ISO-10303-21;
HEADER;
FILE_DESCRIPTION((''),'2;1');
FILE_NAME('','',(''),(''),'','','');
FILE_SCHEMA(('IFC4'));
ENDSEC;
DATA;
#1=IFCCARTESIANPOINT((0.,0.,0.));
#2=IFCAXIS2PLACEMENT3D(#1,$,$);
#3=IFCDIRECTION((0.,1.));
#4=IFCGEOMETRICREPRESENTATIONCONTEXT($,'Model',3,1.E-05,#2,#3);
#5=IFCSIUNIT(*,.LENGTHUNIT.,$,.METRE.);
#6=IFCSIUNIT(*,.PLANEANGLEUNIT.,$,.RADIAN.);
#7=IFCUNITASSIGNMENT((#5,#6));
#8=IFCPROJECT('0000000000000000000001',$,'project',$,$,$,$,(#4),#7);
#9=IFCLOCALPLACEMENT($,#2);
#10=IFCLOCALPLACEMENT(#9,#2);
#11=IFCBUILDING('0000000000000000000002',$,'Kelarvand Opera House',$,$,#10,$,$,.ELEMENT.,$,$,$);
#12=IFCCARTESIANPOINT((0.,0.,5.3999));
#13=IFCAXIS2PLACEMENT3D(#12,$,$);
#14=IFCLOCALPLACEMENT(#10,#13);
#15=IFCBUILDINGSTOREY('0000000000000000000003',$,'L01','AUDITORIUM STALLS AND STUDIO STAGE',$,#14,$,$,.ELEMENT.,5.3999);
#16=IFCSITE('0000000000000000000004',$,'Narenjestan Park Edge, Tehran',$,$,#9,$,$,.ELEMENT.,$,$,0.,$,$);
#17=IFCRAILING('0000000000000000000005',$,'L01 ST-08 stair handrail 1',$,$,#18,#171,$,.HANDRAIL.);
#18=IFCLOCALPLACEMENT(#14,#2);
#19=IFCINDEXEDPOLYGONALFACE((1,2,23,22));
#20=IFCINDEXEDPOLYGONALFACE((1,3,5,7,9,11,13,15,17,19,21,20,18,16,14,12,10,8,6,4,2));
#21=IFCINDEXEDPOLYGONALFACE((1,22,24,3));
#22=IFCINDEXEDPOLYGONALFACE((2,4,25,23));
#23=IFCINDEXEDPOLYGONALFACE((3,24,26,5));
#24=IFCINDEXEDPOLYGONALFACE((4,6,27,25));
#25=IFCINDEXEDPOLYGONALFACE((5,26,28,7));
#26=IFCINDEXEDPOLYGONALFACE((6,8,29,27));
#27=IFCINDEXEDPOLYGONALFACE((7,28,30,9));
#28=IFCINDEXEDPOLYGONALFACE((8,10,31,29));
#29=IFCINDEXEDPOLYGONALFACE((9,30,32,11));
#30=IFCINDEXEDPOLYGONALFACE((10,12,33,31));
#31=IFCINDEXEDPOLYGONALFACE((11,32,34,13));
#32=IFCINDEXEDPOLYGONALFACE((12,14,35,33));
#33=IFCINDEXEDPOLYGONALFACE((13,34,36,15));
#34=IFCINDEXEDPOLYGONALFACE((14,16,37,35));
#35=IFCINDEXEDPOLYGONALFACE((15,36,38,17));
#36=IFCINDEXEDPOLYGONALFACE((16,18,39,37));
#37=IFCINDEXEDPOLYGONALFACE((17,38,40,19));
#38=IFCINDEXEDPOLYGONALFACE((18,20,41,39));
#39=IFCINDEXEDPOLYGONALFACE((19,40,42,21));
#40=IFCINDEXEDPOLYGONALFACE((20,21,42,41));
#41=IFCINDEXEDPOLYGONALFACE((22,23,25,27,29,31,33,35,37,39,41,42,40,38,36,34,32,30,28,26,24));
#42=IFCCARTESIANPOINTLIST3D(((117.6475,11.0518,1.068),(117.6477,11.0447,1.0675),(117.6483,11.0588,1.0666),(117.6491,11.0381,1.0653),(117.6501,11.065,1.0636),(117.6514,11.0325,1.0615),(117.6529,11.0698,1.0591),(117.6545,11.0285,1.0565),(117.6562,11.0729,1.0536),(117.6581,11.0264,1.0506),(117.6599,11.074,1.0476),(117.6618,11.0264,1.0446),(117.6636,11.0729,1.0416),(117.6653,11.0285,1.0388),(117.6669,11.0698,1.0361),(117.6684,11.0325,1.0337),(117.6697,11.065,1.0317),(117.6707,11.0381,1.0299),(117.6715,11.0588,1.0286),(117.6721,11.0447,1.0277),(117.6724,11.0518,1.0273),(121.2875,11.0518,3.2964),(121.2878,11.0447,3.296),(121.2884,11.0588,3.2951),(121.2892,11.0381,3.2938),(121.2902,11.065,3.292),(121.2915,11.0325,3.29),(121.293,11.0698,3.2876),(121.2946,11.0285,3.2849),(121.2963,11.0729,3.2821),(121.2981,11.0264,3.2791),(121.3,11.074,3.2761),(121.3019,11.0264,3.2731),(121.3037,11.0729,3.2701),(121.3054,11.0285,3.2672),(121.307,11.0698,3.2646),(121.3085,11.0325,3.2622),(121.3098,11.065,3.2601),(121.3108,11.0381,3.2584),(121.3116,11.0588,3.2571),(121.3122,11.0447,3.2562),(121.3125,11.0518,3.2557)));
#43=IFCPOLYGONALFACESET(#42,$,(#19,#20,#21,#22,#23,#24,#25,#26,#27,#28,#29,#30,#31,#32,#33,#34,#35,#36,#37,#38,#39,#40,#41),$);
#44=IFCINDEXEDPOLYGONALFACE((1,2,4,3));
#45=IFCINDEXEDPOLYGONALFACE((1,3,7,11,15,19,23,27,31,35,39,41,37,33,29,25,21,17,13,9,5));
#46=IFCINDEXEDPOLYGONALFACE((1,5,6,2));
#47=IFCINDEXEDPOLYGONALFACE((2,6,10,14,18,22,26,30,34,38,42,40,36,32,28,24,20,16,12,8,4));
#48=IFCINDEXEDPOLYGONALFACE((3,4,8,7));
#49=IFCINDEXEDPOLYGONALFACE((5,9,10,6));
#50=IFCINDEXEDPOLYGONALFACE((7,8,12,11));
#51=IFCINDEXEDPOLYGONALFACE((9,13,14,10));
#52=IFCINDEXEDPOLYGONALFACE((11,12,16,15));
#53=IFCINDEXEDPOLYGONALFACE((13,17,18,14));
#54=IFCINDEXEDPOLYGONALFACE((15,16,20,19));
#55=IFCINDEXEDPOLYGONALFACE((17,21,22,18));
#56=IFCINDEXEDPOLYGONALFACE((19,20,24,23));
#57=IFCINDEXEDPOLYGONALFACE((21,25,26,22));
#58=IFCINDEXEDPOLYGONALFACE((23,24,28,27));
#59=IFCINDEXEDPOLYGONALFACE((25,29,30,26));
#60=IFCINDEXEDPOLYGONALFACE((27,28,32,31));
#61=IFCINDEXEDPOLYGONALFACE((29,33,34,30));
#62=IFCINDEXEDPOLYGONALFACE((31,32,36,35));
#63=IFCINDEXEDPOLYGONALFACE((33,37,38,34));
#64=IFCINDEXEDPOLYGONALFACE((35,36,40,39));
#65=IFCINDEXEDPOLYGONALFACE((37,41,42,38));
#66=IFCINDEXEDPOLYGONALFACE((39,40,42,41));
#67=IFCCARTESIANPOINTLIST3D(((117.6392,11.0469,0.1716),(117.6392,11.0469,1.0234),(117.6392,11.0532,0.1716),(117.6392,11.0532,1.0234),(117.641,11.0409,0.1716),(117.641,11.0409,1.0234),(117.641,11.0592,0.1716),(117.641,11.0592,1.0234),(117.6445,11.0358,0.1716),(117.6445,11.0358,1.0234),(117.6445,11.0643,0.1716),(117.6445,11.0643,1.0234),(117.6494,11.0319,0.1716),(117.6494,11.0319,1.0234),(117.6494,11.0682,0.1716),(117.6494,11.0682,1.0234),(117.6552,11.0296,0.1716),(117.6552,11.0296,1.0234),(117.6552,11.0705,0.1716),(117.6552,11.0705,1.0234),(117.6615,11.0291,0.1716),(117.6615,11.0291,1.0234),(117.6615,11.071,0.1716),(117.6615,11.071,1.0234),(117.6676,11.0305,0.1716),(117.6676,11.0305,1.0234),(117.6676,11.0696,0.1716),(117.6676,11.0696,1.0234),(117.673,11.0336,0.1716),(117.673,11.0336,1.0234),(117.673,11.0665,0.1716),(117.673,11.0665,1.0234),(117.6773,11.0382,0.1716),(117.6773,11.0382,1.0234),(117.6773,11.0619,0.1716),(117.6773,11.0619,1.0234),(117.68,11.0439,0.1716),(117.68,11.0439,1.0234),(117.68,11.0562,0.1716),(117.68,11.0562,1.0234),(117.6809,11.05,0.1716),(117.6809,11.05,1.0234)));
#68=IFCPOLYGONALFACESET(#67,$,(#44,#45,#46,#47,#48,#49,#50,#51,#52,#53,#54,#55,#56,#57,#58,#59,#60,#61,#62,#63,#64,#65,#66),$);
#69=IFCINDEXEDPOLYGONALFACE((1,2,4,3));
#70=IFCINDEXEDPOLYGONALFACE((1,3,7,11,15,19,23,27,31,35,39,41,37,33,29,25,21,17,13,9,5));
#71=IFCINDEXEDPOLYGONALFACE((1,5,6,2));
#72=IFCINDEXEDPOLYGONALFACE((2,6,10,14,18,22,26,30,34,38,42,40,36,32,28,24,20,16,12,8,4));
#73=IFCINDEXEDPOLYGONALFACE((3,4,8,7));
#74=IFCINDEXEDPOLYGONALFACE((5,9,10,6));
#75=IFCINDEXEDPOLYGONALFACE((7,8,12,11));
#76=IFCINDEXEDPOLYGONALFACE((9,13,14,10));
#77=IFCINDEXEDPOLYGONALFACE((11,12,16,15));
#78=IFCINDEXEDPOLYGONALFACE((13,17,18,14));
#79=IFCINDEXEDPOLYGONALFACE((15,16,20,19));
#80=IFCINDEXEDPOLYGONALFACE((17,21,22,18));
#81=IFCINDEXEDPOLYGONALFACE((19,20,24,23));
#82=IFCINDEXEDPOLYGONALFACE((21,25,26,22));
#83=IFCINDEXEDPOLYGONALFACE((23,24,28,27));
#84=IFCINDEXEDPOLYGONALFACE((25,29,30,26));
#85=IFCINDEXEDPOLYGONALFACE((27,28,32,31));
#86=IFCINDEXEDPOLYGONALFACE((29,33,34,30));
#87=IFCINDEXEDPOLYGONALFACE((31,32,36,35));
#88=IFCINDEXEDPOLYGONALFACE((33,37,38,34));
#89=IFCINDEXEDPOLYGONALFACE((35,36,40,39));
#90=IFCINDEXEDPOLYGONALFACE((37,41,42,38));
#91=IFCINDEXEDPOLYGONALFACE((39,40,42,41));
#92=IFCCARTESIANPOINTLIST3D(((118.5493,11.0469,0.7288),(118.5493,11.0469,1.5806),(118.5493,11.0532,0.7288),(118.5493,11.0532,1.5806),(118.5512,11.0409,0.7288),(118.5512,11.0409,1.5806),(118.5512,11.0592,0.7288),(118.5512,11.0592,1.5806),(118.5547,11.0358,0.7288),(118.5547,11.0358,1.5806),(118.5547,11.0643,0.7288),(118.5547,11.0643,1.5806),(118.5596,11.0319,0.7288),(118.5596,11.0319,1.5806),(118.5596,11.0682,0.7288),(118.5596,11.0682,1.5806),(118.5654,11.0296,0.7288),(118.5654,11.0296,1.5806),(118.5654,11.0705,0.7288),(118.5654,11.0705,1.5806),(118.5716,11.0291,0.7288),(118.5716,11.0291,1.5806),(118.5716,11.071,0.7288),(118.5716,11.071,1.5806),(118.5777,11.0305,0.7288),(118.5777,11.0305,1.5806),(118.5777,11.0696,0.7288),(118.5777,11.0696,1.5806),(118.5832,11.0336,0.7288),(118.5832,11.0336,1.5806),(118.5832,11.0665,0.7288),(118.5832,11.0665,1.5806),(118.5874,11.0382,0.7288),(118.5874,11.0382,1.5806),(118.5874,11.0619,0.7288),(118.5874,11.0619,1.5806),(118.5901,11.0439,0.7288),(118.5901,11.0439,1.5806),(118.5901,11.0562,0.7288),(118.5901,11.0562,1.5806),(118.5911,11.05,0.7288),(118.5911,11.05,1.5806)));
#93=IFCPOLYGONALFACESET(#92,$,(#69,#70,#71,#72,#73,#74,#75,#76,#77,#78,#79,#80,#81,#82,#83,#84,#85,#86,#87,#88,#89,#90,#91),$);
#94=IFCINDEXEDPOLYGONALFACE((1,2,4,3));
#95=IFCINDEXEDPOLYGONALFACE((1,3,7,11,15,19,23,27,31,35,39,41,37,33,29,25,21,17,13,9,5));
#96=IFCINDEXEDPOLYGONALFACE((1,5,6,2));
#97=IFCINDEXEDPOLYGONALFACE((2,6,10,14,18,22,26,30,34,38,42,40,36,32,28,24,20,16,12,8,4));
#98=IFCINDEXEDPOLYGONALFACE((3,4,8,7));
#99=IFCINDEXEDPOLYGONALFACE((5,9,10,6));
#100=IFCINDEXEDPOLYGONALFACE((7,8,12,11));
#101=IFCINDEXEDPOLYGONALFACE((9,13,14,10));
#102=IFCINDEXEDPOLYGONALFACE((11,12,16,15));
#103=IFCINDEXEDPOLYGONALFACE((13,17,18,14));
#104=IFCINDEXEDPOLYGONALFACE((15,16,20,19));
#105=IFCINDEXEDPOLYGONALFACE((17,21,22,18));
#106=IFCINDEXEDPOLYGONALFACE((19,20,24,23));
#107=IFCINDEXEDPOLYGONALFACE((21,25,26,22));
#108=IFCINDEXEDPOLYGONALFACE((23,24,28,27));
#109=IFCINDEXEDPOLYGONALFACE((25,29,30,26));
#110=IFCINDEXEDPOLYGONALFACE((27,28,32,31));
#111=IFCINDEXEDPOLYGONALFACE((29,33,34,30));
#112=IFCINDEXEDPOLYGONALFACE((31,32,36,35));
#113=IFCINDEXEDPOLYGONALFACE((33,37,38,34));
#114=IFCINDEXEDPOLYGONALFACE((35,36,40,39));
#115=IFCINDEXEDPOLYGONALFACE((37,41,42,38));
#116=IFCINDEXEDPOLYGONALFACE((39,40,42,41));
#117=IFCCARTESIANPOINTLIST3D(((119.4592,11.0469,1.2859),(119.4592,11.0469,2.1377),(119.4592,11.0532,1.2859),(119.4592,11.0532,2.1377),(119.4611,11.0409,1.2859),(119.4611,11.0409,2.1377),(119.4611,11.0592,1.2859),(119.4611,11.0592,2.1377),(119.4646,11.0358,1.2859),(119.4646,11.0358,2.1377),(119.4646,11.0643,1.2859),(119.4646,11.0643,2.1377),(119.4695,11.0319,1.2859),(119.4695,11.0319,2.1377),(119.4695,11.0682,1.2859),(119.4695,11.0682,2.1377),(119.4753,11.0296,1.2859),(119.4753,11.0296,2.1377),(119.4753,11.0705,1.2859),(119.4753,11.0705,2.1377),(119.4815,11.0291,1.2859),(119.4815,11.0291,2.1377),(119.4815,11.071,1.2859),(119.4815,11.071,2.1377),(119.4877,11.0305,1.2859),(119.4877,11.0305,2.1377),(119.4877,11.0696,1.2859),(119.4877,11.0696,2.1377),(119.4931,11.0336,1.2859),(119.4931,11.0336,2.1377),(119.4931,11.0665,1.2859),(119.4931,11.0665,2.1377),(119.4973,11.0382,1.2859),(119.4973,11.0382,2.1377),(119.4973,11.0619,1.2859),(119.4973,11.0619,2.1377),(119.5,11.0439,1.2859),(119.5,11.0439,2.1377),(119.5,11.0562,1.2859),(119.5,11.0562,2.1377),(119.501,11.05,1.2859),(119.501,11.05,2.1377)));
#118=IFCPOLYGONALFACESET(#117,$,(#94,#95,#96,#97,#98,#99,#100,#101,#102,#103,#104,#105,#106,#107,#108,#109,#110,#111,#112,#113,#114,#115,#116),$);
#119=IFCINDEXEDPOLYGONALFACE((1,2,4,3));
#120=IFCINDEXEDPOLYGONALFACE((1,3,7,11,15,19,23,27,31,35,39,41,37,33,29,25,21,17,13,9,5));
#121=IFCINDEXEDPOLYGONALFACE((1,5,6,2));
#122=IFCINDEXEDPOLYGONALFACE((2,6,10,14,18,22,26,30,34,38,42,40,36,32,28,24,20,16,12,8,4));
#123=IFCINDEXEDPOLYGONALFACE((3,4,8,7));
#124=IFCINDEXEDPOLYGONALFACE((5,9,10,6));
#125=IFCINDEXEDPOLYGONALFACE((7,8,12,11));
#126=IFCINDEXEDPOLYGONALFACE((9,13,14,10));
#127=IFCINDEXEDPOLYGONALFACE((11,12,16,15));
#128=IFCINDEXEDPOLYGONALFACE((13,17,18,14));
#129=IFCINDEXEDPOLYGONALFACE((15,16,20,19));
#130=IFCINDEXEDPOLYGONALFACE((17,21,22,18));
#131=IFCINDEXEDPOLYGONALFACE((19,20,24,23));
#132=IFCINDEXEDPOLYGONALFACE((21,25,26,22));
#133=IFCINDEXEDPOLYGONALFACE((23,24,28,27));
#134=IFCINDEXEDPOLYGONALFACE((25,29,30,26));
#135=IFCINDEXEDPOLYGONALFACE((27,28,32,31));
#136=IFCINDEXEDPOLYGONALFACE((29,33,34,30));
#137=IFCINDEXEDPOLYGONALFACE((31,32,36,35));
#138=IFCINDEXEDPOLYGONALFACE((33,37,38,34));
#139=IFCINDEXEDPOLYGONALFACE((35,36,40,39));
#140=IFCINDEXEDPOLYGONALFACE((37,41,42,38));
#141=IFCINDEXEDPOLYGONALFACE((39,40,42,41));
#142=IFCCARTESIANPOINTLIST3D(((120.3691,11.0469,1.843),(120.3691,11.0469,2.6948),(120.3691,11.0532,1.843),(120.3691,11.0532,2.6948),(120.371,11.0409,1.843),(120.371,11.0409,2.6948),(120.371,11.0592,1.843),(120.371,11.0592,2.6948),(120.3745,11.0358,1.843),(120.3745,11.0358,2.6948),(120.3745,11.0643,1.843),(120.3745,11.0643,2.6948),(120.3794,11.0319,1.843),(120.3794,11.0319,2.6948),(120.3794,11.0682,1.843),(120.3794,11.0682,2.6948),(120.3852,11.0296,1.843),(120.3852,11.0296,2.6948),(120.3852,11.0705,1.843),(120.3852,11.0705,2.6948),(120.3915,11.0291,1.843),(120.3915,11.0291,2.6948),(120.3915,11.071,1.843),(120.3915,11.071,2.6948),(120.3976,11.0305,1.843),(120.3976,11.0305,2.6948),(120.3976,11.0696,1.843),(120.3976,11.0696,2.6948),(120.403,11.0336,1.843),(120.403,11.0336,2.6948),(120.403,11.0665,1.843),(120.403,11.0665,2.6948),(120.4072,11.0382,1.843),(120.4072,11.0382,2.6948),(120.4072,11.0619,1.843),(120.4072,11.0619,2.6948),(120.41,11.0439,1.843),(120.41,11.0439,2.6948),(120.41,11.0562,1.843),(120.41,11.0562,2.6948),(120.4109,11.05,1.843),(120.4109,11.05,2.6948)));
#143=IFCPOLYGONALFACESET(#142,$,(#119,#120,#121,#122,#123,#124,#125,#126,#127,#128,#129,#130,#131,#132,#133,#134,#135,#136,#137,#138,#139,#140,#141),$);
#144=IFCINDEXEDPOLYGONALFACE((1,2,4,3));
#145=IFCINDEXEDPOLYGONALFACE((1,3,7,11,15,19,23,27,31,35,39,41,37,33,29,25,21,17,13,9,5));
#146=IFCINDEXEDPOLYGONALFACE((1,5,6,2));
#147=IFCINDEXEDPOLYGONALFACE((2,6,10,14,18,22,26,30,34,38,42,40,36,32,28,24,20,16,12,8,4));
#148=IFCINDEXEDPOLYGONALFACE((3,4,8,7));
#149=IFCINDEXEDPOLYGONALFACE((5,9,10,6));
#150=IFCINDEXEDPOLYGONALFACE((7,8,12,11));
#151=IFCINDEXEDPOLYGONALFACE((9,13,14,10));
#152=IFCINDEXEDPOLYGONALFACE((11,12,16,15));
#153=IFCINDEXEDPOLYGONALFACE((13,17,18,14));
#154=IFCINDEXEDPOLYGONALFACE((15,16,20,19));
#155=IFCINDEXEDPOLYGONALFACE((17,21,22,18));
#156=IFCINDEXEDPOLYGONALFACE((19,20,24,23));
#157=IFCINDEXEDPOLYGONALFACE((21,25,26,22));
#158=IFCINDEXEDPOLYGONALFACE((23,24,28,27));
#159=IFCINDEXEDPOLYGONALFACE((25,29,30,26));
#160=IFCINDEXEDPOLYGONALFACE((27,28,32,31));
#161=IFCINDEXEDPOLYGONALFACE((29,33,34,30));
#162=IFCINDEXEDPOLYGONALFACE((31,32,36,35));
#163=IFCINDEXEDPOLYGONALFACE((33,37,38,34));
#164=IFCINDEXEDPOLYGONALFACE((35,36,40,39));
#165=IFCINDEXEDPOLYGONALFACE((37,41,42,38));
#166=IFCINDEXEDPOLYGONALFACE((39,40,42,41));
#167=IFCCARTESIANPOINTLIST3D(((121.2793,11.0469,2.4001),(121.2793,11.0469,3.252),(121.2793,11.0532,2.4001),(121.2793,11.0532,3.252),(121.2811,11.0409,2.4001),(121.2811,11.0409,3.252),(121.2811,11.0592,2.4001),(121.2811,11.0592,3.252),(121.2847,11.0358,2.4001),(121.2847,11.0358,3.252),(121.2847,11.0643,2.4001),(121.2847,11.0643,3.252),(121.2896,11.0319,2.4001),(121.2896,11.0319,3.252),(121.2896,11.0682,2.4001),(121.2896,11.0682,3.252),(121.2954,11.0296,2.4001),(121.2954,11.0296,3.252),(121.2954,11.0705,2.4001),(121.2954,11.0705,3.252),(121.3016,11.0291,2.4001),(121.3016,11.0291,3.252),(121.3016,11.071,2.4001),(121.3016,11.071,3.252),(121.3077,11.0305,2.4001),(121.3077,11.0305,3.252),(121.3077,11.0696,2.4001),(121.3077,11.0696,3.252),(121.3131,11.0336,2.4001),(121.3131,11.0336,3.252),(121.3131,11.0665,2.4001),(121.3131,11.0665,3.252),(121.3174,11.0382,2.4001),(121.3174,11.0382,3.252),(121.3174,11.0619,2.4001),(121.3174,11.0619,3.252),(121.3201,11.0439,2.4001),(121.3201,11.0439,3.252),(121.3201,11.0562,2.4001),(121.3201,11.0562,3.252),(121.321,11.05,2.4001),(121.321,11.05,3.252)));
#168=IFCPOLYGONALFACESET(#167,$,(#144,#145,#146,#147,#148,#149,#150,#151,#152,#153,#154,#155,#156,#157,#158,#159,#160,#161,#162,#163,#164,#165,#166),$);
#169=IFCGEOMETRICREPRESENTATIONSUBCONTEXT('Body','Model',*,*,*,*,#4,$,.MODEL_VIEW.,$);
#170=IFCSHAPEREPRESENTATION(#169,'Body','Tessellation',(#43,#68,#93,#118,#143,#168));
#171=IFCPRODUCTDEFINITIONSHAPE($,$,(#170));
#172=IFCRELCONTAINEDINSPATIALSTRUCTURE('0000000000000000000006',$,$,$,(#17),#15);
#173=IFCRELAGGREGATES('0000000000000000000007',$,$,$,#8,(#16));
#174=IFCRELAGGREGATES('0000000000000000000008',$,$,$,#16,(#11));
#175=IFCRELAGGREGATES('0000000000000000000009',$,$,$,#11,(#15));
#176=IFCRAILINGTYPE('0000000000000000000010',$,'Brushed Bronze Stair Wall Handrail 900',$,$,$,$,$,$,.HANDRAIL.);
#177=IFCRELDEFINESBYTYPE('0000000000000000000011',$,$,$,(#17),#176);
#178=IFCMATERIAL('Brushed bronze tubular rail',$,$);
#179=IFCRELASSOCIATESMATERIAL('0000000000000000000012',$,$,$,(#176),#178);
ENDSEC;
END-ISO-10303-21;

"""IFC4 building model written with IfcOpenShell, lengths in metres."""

from ifc_helpers import new_model, si_unit, direction, frame, origin, origin_2d, place, context, subcontext, project, spatial, circle, extrude, material, type_object, element, save


model = new_model("IFC4")

# Units and contexts
model_context = context("Model", 3, precision=1e-05, world=origin(), true_north=direction((0.0, 1.0)))
body_context = subcontext(model_context, "Body", "Model", "MODEL_VIEW")
ifc_project = project(units=[si_unit("LENGTHUNIT", "METRE"), si_unit("PLANEANGLEUNIT", "RADIAN")], contexts=[model_context])

# Site, building, storey
site_placement = place(None, origin())
site = spatial("IfcSite", under=ifc_project, at=site_placement, Name="Narenjestan Park Edge, Tehran", CompositionType="ELEMENT", RefElevation=0.0)
building_placement = place(site_placement, origin())
building = spatial("IfcBuilding", under=site, at=building_placement, Name="Kelarvand Opera House", CompositionType="ELEMENT")
storey_placement = place(building_placement, frame((0.0, 0.0, 5.3999)))
storey = spatial("IfcBuildingStorey", under=building, at=storey_placement, Name="L01", Description="AUDITORIUM STALLS AND STUDIO STAGE", CompositionType="ELEMENT", Elevation=5.3999)

# Railing
ifc_material_1 = material(Name="Brushed bronze tubular rail")
railing_type_1 = type_object("IfcRailingType", Name="Brushed Bronze Stair Wall Handrail 900", PredefinedType="HANDRAIL", material=ifc_material_1)
railing_1_placement = place(storey_placement, frame((117.6599, 11.05, 0.1716)))
element("IfcRailing", 1, at=railing_1_placement, inside=storey, type_object=railing_type_1, Name="L01 ST-08 stair handrail 1", PredefinedType="HANDRAIL", context=body_context, shape_type="SweptSolid", body=[
    extrude(circle(Radius=0.0239, at=origin_2d()), frame((0.0, 0.0, 0.876), z_axis=(0.852866, 0.0, 0.52213), x_axis=(0.0, 1.0, 0.0)), (0.0, 0.0, 1.0), 4.2681),
    extrude(circle(Radius=0.021, at=origin_2d()), origin(), (0.0, 0.0, 1.0), 0.8518),
    extrude(circle(Radius=0.021, at=origin_2d()), frame((0.9102, 0.0, 0.5571)), (0.0, 0.0, 1.0), 0.8518),
    extrude(circle(Radius=0.021, at=origin_2d()), frame((1.8201, 0.0, 1.1143)), (0.0, 0.0, 1.0), 0.8518),
    extrude(circle(Radius=0.021, at=origin_2d()), frame((2.73, 0.0, 1.6714)), (0.0, 0.0, 1.0), 0.8518),
    extrude(circle(Radius=0.021, at=origin_2d()), frame((3.6401, 0.0, 2.2285)), (0.0, 0.0, 1.0), 0.8518),
])

save(model, "model.ifc")
